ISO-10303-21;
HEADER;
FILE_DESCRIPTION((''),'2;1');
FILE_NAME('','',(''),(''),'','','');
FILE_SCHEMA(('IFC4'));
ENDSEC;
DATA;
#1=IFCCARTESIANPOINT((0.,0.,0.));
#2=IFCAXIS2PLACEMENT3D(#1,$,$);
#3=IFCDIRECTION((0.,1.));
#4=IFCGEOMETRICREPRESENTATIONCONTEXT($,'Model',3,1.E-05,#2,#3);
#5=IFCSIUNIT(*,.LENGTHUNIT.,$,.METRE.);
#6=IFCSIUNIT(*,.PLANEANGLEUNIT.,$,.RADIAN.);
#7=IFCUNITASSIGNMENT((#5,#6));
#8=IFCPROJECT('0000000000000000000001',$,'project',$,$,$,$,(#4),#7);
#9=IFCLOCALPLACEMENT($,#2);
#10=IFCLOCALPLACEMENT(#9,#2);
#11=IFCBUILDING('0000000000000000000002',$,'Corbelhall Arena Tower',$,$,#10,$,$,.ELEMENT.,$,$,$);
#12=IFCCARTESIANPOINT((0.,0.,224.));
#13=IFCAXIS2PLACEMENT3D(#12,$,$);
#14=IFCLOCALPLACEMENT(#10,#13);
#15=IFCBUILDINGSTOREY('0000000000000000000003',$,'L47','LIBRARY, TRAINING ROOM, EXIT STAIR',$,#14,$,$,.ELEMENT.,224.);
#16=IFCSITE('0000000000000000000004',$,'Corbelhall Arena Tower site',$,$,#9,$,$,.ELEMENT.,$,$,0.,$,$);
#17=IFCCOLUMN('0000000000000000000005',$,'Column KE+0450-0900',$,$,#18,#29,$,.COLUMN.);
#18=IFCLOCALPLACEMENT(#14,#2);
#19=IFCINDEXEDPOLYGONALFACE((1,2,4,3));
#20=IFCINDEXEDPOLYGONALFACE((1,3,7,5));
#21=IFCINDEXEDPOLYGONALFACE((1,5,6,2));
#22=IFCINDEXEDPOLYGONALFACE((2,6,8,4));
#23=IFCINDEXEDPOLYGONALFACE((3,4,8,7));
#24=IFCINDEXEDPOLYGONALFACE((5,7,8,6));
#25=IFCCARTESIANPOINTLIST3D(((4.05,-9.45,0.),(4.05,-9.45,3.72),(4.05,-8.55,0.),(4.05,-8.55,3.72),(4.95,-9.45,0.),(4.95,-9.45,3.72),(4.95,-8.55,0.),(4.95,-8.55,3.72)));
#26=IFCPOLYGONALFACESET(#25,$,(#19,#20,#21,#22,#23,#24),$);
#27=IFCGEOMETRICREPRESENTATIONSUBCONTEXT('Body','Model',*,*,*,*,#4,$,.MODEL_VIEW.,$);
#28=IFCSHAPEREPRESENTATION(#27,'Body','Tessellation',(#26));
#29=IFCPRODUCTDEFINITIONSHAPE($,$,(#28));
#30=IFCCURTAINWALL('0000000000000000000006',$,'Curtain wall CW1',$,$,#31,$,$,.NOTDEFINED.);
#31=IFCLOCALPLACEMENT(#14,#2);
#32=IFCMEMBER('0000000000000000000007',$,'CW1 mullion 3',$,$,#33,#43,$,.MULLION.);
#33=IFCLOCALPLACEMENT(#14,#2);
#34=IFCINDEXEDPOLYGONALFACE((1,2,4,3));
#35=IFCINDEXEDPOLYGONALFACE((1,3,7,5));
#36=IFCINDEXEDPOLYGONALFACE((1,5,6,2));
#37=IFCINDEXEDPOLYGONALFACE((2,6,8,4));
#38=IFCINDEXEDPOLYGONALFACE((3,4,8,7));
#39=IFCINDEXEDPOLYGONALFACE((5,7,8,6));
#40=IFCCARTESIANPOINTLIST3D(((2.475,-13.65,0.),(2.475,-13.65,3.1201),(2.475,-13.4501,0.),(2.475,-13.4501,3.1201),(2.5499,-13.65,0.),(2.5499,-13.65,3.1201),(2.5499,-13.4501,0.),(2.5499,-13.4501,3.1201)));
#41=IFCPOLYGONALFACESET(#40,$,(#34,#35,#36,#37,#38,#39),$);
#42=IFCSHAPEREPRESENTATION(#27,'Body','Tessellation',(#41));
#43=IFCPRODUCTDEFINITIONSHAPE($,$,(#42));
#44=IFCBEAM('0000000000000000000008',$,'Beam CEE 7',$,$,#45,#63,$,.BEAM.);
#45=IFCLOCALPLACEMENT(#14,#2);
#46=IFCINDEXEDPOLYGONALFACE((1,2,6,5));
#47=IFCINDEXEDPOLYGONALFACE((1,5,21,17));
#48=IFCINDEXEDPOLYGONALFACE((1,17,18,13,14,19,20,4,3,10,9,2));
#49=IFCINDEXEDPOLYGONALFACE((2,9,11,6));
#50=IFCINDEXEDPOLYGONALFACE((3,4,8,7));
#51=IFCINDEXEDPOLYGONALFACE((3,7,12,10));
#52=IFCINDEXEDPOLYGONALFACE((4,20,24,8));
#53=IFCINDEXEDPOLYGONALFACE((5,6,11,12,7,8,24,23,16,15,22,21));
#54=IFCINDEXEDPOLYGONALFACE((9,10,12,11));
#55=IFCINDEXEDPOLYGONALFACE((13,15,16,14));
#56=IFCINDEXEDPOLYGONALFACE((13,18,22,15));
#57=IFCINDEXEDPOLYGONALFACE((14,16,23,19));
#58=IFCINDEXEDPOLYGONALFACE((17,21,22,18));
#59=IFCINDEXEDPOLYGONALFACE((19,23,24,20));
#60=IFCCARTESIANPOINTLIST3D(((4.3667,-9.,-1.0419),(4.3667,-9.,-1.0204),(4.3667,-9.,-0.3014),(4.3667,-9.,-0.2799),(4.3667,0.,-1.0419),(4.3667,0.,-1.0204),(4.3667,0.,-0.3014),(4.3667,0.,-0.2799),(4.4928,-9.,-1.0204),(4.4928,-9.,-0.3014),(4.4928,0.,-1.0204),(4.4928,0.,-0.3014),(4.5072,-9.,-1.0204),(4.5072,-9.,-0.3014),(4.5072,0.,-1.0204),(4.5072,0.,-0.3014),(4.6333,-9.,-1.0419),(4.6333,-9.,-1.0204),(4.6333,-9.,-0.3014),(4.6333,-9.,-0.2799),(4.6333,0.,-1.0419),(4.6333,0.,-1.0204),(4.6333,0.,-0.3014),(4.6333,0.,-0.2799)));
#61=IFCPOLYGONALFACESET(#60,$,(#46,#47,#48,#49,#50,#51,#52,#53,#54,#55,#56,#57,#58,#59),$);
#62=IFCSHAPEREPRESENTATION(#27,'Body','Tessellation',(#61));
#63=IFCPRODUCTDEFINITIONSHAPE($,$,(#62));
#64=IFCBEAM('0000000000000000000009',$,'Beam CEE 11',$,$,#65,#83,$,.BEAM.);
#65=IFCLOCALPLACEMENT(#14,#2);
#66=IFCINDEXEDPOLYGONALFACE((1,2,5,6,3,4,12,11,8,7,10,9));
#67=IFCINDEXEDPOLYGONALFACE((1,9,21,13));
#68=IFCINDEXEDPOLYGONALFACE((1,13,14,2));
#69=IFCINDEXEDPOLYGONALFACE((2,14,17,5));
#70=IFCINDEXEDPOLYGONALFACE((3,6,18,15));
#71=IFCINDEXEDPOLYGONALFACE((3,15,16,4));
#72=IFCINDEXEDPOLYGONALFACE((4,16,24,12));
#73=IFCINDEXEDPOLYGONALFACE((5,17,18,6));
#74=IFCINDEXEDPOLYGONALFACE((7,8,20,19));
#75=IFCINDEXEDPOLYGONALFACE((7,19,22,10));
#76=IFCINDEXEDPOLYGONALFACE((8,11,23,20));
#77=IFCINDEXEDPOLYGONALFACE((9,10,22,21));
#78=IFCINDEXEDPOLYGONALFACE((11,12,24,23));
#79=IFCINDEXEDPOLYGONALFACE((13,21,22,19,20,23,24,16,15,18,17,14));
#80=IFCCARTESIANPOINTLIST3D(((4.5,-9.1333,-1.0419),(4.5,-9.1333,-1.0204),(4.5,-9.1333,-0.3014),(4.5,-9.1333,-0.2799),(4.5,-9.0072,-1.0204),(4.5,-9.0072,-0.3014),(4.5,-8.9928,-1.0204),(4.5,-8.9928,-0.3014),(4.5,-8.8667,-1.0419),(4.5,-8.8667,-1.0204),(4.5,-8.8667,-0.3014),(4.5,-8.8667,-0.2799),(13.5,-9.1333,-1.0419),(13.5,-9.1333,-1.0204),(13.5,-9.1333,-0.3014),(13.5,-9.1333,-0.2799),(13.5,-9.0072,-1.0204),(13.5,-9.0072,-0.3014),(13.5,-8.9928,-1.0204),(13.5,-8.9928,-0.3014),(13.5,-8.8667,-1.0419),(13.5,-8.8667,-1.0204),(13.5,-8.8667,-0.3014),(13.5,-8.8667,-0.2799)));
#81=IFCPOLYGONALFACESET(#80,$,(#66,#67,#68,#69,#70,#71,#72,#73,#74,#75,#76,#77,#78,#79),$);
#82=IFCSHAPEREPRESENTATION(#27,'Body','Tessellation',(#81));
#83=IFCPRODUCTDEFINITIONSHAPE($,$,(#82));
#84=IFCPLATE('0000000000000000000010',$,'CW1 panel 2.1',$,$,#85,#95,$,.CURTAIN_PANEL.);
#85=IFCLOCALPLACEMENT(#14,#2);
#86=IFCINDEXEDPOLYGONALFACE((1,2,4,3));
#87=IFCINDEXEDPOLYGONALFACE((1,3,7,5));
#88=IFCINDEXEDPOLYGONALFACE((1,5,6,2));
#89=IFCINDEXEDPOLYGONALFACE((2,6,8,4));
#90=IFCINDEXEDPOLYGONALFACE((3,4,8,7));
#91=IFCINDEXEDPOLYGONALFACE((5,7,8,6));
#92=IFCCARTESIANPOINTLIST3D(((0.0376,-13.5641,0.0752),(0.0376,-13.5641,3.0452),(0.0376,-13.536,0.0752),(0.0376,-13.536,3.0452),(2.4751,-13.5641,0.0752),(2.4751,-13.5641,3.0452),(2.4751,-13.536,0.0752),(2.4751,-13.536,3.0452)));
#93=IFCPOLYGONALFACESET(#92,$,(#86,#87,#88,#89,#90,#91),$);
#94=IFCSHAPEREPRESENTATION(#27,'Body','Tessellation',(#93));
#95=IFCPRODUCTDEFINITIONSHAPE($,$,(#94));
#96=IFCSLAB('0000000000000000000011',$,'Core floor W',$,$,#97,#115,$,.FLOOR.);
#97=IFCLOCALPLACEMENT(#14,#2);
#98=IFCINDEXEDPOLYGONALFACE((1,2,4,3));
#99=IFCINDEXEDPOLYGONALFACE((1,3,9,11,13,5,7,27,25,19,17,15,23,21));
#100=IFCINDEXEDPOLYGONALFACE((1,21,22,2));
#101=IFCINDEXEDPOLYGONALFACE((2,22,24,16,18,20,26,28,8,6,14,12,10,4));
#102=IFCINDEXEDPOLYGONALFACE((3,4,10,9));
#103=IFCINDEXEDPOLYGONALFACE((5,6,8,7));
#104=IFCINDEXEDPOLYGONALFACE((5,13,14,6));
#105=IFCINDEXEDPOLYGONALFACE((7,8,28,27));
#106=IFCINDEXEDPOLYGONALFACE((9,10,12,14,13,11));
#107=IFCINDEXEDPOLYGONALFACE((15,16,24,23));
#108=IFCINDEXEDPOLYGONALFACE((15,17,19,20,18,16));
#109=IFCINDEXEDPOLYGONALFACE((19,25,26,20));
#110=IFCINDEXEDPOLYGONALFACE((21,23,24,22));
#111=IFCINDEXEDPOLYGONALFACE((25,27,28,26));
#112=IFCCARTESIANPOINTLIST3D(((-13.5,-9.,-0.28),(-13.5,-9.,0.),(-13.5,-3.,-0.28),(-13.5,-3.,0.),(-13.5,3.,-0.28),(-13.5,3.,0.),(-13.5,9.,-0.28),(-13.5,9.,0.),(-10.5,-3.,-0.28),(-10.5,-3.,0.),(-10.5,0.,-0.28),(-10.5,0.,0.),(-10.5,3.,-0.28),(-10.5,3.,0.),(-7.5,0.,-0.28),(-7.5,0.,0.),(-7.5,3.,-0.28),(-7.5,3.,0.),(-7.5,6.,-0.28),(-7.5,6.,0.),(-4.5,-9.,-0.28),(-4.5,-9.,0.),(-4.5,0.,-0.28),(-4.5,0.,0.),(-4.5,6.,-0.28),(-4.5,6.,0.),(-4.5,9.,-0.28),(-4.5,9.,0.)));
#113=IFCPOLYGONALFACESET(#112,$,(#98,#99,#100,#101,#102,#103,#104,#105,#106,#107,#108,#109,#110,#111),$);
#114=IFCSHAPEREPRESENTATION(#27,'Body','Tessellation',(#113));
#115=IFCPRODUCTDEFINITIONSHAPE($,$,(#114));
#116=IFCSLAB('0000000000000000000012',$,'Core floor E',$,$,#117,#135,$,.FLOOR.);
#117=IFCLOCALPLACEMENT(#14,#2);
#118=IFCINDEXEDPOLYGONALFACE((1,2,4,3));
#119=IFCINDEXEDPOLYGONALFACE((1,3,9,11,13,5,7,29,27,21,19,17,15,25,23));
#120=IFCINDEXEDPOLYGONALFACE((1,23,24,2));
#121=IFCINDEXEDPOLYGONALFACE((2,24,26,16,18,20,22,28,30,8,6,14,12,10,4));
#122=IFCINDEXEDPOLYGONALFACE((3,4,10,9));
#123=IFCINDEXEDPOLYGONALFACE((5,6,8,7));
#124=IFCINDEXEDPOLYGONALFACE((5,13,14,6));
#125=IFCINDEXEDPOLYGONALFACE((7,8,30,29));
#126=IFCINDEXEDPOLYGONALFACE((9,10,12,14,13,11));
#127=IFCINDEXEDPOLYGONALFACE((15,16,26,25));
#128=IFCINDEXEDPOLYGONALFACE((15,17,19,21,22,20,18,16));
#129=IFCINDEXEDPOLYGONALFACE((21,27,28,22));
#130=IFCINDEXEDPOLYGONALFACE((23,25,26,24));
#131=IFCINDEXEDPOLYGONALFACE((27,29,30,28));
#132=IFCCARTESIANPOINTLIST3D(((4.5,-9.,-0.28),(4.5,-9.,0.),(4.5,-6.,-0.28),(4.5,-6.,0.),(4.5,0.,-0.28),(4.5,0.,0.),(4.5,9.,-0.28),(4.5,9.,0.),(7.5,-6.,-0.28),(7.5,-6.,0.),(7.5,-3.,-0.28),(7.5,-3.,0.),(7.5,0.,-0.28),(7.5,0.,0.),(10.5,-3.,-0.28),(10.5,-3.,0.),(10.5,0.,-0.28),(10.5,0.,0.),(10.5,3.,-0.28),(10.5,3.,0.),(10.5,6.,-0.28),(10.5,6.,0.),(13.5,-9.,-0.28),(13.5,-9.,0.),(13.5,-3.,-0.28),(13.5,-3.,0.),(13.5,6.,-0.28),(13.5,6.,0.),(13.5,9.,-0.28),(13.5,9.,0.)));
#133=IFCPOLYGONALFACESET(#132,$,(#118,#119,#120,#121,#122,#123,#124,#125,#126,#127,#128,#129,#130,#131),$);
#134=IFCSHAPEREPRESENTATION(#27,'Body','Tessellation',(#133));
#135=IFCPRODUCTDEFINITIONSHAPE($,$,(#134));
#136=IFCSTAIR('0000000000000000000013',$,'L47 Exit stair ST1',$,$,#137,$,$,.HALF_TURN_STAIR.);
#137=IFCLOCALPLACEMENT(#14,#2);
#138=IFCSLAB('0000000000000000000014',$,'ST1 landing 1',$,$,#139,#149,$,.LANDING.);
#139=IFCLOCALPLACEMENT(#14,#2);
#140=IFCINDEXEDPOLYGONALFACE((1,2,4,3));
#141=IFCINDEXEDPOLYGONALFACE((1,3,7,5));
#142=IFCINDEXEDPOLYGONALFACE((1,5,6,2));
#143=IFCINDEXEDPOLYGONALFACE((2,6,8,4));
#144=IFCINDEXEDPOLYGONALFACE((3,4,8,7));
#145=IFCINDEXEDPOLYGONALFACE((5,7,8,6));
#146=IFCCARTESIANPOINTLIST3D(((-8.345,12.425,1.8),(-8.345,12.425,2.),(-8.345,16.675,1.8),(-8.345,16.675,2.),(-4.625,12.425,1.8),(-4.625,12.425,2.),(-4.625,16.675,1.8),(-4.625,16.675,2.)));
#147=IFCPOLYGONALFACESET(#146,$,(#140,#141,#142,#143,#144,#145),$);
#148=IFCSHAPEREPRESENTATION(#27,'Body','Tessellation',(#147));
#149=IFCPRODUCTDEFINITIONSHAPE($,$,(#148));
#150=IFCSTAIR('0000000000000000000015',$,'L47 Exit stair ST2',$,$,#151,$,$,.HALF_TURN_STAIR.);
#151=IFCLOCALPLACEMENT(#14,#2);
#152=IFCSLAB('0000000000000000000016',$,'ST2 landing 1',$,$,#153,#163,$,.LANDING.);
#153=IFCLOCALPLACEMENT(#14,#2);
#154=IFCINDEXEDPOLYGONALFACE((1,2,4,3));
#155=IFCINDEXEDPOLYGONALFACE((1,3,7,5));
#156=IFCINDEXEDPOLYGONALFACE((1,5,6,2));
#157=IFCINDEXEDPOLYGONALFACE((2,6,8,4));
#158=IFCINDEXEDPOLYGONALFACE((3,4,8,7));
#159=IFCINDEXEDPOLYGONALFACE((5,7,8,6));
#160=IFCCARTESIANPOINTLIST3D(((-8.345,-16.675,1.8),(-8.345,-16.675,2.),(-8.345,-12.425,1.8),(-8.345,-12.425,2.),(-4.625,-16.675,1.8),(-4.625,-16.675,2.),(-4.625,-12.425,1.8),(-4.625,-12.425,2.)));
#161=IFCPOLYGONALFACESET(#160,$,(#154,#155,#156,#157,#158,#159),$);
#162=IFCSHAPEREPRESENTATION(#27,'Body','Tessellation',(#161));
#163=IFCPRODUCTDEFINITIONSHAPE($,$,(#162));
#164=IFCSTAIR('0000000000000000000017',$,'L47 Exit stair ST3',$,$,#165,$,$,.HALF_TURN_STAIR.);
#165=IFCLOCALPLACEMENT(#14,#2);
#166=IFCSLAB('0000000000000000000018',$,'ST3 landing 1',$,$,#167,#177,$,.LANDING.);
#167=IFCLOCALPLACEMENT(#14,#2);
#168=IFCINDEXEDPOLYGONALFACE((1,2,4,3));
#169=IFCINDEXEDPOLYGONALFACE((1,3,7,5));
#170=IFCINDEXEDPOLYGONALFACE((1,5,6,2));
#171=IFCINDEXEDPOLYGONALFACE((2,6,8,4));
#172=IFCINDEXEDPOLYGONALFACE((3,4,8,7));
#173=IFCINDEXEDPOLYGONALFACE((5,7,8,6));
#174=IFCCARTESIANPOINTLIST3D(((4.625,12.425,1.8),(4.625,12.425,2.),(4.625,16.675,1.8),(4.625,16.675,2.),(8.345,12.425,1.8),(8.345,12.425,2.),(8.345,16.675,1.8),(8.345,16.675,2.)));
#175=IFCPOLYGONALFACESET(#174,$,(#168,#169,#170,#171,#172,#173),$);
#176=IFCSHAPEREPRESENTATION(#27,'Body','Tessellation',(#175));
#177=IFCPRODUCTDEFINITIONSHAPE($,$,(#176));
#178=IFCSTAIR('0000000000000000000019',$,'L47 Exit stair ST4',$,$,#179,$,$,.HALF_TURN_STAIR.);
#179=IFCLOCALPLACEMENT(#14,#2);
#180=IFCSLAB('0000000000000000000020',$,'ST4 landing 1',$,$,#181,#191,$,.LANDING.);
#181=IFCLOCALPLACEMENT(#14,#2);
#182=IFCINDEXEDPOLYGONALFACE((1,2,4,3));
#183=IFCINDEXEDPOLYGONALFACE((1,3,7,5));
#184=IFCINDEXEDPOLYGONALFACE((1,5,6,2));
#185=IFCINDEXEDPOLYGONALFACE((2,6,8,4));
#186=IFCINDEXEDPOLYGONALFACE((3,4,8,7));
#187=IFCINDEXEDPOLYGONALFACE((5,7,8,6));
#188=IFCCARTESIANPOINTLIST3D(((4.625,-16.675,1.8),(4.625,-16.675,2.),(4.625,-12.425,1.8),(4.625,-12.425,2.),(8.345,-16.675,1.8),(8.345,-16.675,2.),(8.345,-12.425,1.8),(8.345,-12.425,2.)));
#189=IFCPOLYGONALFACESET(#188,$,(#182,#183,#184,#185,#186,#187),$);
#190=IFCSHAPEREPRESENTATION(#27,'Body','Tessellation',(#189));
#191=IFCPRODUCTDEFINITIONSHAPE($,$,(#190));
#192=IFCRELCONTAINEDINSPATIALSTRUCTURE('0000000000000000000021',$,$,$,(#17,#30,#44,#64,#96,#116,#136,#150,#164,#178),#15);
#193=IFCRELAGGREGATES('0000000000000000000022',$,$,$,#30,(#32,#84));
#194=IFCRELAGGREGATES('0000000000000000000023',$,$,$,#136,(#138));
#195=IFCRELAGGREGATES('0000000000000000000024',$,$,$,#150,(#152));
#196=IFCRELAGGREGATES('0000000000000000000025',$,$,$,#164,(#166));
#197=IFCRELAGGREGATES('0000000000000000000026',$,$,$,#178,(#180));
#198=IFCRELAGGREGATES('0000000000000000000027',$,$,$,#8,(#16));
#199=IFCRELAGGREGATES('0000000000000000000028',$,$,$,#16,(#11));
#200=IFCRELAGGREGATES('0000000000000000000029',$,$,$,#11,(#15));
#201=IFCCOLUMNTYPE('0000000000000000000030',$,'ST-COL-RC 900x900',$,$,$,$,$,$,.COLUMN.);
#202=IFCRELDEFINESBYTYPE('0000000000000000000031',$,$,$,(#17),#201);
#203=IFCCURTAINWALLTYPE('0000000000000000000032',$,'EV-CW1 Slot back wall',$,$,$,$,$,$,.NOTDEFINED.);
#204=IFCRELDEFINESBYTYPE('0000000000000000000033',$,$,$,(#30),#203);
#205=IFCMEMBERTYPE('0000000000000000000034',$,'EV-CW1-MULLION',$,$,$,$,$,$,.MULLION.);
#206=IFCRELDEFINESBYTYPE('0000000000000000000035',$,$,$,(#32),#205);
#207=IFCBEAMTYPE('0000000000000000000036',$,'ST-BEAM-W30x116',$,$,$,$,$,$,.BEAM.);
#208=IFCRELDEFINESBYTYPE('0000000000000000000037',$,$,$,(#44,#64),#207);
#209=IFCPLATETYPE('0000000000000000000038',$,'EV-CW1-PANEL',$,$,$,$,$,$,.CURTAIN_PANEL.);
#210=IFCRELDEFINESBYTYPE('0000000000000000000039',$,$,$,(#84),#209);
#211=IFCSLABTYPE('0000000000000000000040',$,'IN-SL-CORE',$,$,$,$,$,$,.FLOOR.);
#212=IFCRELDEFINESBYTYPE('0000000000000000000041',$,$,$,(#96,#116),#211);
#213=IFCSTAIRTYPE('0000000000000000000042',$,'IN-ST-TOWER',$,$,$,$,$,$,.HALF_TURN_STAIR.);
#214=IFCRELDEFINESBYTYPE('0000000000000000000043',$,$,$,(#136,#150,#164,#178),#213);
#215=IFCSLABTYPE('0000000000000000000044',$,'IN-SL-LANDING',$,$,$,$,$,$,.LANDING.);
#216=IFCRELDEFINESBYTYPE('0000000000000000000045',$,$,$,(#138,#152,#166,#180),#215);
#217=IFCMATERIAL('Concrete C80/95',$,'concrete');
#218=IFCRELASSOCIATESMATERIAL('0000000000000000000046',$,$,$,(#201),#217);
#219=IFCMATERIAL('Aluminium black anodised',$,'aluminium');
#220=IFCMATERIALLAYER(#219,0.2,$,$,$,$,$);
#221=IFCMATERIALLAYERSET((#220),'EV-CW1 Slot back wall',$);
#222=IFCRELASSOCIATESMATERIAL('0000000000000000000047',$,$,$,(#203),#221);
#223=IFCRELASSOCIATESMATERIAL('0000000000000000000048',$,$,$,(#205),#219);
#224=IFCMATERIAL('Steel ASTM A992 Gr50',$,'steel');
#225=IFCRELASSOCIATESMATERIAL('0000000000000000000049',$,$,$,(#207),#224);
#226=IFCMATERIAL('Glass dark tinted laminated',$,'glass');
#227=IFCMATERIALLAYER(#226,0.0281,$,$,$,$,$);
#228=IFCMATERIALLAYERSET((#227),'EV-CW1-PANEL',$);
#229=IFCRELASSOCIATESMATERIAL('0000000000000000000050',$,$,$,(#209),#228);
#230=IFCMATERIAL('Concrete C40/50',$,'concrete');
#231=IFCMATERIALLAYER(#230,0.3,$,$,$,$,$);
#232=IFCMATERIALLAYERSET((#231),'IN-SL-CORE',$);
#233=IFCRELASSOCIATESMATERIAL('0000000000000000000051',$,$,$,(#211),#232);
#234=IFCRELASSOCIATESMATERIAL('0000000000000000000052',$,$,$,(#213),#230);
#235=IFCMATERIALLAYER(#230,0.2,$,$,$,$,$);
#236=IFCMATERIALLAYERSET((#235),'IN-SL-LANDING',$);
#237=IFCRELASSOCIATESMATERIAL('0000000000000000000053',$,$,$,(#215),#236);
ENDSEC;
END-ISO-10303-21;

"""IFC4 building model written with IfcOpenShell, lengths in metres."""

from ifc_helpers import new_model, si_unit, direction, frame, origin, origin_2d, place, context, subcontext, project, spatial, polyline, rectangle, i_section, outline, extrude, material, layer, layer_set, material_profile, profile_set, type_object, element, aggregate, save


model = new_model("IFC4")

# Units and contexts
model_context = context("Model", 3, precision=1e-05, world=origin(), true_north=direction((0.0, 1.0)))
body_context = subcontext(model_context, "Body", "Model", "MODEL_VIEW")
ifc_project = project(units=[si_unit("LENGTHUNIT", "METRE"), si_unit("PLANEANGLEUNIT", "RADIAN")], contexts=[model_context])

# Site, building, storey
site_placement = place(None, origin())
site = spatial("IfcSite", under=ifc_project, at=site_placement, Name="Corbelhall Arena Tower site", CompositionType="ELEMENT", RefElevation=0.0)
building_placement = place(site_placement, origin())
building = spatial("IfcBuilding", under=site, at=building_placement, Name="Corbelhall Arena Tower", CompositionType="ELEMENT")
storey_placement = place(building_placement, frame((0.0, 0.0, 224.0)))
storey = spatial("IfcBuildingStorey", under=building, at=storey_placement, Name="L47", Description="LIBRARY, TRAINING ROOM, EXIT STAIR", CompositionType="ELEMENT", Elevation=224.0)

# Column
ifc_material_1 = material(Name="Concrete C80/95", Category="concrete")
ifc_material_profile_1 = material_profile(ifc_material_1, rectangle(XDim=0.8999, YDim=0.8999, at=origin_2d()))
ifc_profile_set_1 = profile_set([ifc_material_profile_1], Name="Concrete C80/95")
column_type = type_object("IfcColumnType", Name="ST-COL-RC 900x900", PredefinedType="COLUMN", material=ifc_profile_set_1)
column_placement = place(storey_placement, frame((4.5, -9.0, 0.0), z_axis=(0.0, 0.0, 1.0), x_axis=(1.0, 0.0, 0.0)))
element("IfcColumn", 1, at=column_placement, inside=storey, type_object=column_type, Name="Column KE+0450-0900", PredefinedType="COLUMN", context=body_context, shape_type="SweptSolid", body=[
    extrude(rectangle(XDim=0.8999, YDim=0.8999, at=origin_2d()), origin(), (0.0, 0.0, 1.0), 3.72),
])

# Curtain wall, member
ifc_material_2 = material(Name="Aluminium black anodised", Category="aluminium")
ifc_layer_1 = layer(ifc_material_2, 0.2)
ifc_layer_set_1 = layer_set([ifc_layer_1], Name="EV-CW1 Slot back wall")
curtain_wall_type = type_object("IfcCurtainWallType", Name="EV-CW1 Slot back wall", PredefinedType="NOTDEFINED", material=ifc_layer_set_1)
curtain_wall_placement = place(storey_placement, origin())
curtain_wall = element("IfcCurtainWall", 2, at=curtain_wall_placement, inside=storey, type_object=curtain_wall_type, Name="Curtain wall CW1", PredefinedType="NOTDEFINED")
ifc_material_profile_2 = material_profile(ifc_material_2, rectangle(XDim=0.2, YDim=0.075, at=origin_2d()))
ifc_profile_set_2 = profile_set([ifc_material_profile_2], Name="Aluminium black anodised")
member_type = type_object("IfcMemberType", Name="EV-CW1-MULLION", PredefinedType="MULLION", material=ifc_profile_set_2)
member_placement = place(storey_placement, frame((2.5125, -13.55, 0.0), z_axis=(0.0, 0.0, 1.0), x_axis=(0.0, 1.0, 0.0)))
member = element("IfcMember", 3, at=member_placement, type_object=member_type, Name="CW1 mullion 3", PredefinedType="MULLION", context=body_context, shape_type="SweptSolid", body=[
    extrude(rectangle(XDim=0.2, YDim=0.075, at=origin_2d()), origin(), (0.0, 0.0, 1.0), 3.1201),
])

# Beams
ifc_material_3 = material(Name="Steel ASTM A992 Gr50", Category="steel")
ifc_material_profile_3 = material_profile(ifc_material_3, i_section(OverallWidth=0.2666, OverallDepth=0.762, WebThickness=0.0144, FlangeThickness=0.0215, at=origin_2d()))
ifc_profile_set_3 = profile_set([ifc_material_profile_3], Name="Steel ASTM A992 Gr50")
beam_type = type_object("IfcBeamType", Name="ST-BEAM-W30x116", PredefinedType="BEAM", material=ifc_profile_set_3)
for number, where, z_axis, x_axis, name in (
    (4, (4.5, -9.0, -0.6609), (0.0, 1.0, 0.0), (-1.0, 0.0, 0.0), "Beam CEE 7"),
    (5, (4.5, -9.0, -0.6609), (1.0, 0.0, 0.0), (0.0, 1.0, 0.0), "Beam CEE 11"),
):
    element("IfcBeam", number, at=place(storey_placement, frame(where, z_axis=z_axis, x_axis=x_axis)), inside=storey, type_object=beam_type, Name=name, PredefinedType="BEAM", context=body_context, shape_type="SweptSolid", body=[
        extrude(i_section(OverallWidth=0.2666, OverallDepth=0.762, WebThickness=0.0144, FlangeThickness=0.0215, at=origin_2d()), origin(), (0.0, 0.0, 1.0), 9.0),
    ])

# Plate
ifc_material_4 = material(Name="Glass dark tinted laminated", Category="glass")
ifc_layer_2 = layer(ifc_material_4, 0.0281)
ifc_layer_set_2 = layer_set([ifc_layer_2], Name="EV-CW1-PANEL")
plate_type = type_object("IfcPlateType", Name="EV-CW1-PANEL", PredefinedType="CURTAIN_PANEL", material=ifc_layer_set_2)
plate_placement = place(storey_placement, frame((1.2563, -13.55, 0.0752), z_axis=(0.0, 0.0, 1.0), x_axis=(1.0, 0.0, 0.0)))
plate = element("IfcPlate", 6, at=plate_placement, type_object=plate_type, Name="CW1 panel 2.1", PredefinedType="CURTAIN_PANEL", context=body_context, shape_type="SweptSolid", body=[
    extrude(rectangle(XDim=2.4375, YDim=0.0281, at=origin_2d()), origin(), (0.0, 0.0, 1.0), 2.97),
])
aggregate(curtain_wall, [member, plate])

# Slabs
ifc_material_5 = material(Name="Concrete C40/50", Category="concrete")
ifc_layer_3 = layer(ifc_material_5, 0.3)
ifc_layer_set_3 = layer_set([ifc_layer_3], Name="IN-SL-CORE")
slab_type_1 = type_object("IfcSlabType", Name="IN-SL-CORE", PredefinedType="FLOOR", material=ifc_layer_set_3)
slab_1_placement = place(storey_placement, frame((0.0, 0.0, -0.28)))
element("IfcSlab", 7, at=slab_1_placement, inside=storey, type_object=slab_type_1, Name="Core floor W", PredefinedType="FLOOR", context=body_context, shape_type="SweptSolid", body=[
    extrude(outline(polyline([(-10.5, -3.0), (-13.5, -3.0), (-13.5, -9.0), (-4.5, -9.0), (-4.5, 0.0), (-7.5, 0.0), (-7.5, 3.0), (-7.5, 6.0), (-4.5, 6.0), (-4.5, 9.0), (-13.5, 9.0), (-13.5, 3.0), (-10.5, 3.0), (-10.5, 0.0), (-10.5, -3.0)])), origin(), (0.0, 0.0, 1.0), 0.28),
])
slab_2_placement = place(storey_placement, frame((0.0, 0.0, -0.28)))
element("IfcSlab", 8, at=slab_2_placement, inside=storey, type_object=slab_type_1, Name="Core floor E", PredefinedType="FLOOR", context=body_context, shape_type="SweptSolid", body=[
    extrude(outline(polyline([(13.5, -3.0), (10.5, -3.0), (10.5, 0.0), (10.5, 3.0), (10.5, 6.0), (13.5, 6.0), (13.5, 9.0), (4.5, 9.0), (4.5, 0.0), (7.5, 0.0), (7.5, -3.0), (7.5, -6.0), (4.5, -6.0), (4.5, -9.0), (13.5, -9.0), (13.5, -3.0)])), origin(), (0.0, 0.0, 1.0), 0.28),
])

# Stairs, slabs
stair_type = type_object("IfcStairType", Name="IN-ST-TOWER", PredefinedType="HALF_TURN_STAIR", material=ifc_material_5)
stair_1_placement = place(storey_placement, origin())
stair_1 = element("IfcStair", 9, at=stair_1_placement, inside=storey, type_object=stair_type, Name="L47 Exit stair ST1", PredefinedType="HALF_TURN_STAIR")
ifc_layer_4 = layer(ifc_material_5, 0.2)
ifc_layer_set_4 = layer_set([ifc_layer_4], Name="IN-SL-LANDING")
slab_type_2 = type_object("IfcSlabType", Name="IN-SL-LANDING", PredefinedType="LANDING", material=ifc_layer_set_4)
slab_3_placement = place(storey_placement, frame((0.0, 0.0, 1.8)))
slab_3 = element("IfcSlab", 10, at=slab_3_placement, type_object=slab_type_2, Name="ST1 landing 1", PredefinedType="LANDING", context=body_context, shape_type="SweptSolid", body=[
    extrude(outline(polyline([(-8.345, 12.425), (-4.625, 12.425), (-4.625, 16.675), (-8.345, 16.675), (-8.345, 12.425)])), origin(), (0.0, 0.0, 1.0), 0.2),
])
aggregate(stair_1, [slab_3])
stair_2_placement = place(storey_placement, origin())
stair_2 = element("IfcStair", 11, at=stair_2_placement, inside=storey, type_object=stair_type, Name="L47 Exit stair ST2", PredefinedType="HALF_TURN_STAIR")
slab_4_placement = place(storey_placement, frame((0.0, 0.0, 1.8)))
slab_4 = element("IfcSlab", 12, at=slab_4_placement, type_object=slab_type_2, Name="ST2 landing 1", PredefinedType="LANDING", context=body_context, shape_type="SweptSolid", body=[
    extrude(outline(polyline([(-8.345, -16.675), (-4.625, -16.675), (-4.625, -12.425), (-8.345, -12.425), (-8.345, -16.675)])), origin(), (0.0, 0.0, 1.0), 0.2),
])
aggregate(stair_2, [slab_4])
stair_3_placement = place(storey_placement, origin())
stair_3 = element("IfcStair", 13, at=stair_3_placement, inside=storey, type_object=stair_type, Name="L47 Exit stair ST3", PredefinedType="HALF_TURN_STAIR")
slab_5_placement = place(storey_placement, frame((0.0, 0.0, 1.8)))
slab_5 = element("IfcSlab", 14, at=slab_5_placement, type_object=slab_type_2, Name="ST3 landing 1", PredefinedType="LANDING", context=body_context, shape_type="SweptSolid", body=[
    extrude(outline(polyline([(8.345, 16.675), (4.625, 16.675), (4.625, 12.425), (8.345, 12.425), (8.345, 16.675)])), origin(), (0.0, 0.0, 1.0), 0.2),
])
aggregate(stair_3, [slab_5])
stair_4_placement = place(storey_placement, origin())
stair_4 = element("IfcStair", 15, at=stair_4_placement, inside=storey, type_object=stair_type, Name="L47 Exit stair ST4", PredefinedType="HALF_TURN_STAIR")
slab_6_placement = place(storey_placement, frame((0.0, 0.0, 1.8)))
slab_6 = element("IfcSlab", 16, at=slab_6_placement, type_object=slab_type_2, Name="ST4 landing 1", PredefinedType="LANDING", context=body_context, shape_type="SweptSolid", body=[
    extrude(outline(polyline([(8.345, -12.425), (4.625, -12.425), (4.625, -16.675), (8.345, -16.675), (8.345, -12.425)])), origin(), (0.0, 0.0, 1.0), 0.2),
])
aggregate(stair_4, [slab_6])

save(model, "model.ifc")
